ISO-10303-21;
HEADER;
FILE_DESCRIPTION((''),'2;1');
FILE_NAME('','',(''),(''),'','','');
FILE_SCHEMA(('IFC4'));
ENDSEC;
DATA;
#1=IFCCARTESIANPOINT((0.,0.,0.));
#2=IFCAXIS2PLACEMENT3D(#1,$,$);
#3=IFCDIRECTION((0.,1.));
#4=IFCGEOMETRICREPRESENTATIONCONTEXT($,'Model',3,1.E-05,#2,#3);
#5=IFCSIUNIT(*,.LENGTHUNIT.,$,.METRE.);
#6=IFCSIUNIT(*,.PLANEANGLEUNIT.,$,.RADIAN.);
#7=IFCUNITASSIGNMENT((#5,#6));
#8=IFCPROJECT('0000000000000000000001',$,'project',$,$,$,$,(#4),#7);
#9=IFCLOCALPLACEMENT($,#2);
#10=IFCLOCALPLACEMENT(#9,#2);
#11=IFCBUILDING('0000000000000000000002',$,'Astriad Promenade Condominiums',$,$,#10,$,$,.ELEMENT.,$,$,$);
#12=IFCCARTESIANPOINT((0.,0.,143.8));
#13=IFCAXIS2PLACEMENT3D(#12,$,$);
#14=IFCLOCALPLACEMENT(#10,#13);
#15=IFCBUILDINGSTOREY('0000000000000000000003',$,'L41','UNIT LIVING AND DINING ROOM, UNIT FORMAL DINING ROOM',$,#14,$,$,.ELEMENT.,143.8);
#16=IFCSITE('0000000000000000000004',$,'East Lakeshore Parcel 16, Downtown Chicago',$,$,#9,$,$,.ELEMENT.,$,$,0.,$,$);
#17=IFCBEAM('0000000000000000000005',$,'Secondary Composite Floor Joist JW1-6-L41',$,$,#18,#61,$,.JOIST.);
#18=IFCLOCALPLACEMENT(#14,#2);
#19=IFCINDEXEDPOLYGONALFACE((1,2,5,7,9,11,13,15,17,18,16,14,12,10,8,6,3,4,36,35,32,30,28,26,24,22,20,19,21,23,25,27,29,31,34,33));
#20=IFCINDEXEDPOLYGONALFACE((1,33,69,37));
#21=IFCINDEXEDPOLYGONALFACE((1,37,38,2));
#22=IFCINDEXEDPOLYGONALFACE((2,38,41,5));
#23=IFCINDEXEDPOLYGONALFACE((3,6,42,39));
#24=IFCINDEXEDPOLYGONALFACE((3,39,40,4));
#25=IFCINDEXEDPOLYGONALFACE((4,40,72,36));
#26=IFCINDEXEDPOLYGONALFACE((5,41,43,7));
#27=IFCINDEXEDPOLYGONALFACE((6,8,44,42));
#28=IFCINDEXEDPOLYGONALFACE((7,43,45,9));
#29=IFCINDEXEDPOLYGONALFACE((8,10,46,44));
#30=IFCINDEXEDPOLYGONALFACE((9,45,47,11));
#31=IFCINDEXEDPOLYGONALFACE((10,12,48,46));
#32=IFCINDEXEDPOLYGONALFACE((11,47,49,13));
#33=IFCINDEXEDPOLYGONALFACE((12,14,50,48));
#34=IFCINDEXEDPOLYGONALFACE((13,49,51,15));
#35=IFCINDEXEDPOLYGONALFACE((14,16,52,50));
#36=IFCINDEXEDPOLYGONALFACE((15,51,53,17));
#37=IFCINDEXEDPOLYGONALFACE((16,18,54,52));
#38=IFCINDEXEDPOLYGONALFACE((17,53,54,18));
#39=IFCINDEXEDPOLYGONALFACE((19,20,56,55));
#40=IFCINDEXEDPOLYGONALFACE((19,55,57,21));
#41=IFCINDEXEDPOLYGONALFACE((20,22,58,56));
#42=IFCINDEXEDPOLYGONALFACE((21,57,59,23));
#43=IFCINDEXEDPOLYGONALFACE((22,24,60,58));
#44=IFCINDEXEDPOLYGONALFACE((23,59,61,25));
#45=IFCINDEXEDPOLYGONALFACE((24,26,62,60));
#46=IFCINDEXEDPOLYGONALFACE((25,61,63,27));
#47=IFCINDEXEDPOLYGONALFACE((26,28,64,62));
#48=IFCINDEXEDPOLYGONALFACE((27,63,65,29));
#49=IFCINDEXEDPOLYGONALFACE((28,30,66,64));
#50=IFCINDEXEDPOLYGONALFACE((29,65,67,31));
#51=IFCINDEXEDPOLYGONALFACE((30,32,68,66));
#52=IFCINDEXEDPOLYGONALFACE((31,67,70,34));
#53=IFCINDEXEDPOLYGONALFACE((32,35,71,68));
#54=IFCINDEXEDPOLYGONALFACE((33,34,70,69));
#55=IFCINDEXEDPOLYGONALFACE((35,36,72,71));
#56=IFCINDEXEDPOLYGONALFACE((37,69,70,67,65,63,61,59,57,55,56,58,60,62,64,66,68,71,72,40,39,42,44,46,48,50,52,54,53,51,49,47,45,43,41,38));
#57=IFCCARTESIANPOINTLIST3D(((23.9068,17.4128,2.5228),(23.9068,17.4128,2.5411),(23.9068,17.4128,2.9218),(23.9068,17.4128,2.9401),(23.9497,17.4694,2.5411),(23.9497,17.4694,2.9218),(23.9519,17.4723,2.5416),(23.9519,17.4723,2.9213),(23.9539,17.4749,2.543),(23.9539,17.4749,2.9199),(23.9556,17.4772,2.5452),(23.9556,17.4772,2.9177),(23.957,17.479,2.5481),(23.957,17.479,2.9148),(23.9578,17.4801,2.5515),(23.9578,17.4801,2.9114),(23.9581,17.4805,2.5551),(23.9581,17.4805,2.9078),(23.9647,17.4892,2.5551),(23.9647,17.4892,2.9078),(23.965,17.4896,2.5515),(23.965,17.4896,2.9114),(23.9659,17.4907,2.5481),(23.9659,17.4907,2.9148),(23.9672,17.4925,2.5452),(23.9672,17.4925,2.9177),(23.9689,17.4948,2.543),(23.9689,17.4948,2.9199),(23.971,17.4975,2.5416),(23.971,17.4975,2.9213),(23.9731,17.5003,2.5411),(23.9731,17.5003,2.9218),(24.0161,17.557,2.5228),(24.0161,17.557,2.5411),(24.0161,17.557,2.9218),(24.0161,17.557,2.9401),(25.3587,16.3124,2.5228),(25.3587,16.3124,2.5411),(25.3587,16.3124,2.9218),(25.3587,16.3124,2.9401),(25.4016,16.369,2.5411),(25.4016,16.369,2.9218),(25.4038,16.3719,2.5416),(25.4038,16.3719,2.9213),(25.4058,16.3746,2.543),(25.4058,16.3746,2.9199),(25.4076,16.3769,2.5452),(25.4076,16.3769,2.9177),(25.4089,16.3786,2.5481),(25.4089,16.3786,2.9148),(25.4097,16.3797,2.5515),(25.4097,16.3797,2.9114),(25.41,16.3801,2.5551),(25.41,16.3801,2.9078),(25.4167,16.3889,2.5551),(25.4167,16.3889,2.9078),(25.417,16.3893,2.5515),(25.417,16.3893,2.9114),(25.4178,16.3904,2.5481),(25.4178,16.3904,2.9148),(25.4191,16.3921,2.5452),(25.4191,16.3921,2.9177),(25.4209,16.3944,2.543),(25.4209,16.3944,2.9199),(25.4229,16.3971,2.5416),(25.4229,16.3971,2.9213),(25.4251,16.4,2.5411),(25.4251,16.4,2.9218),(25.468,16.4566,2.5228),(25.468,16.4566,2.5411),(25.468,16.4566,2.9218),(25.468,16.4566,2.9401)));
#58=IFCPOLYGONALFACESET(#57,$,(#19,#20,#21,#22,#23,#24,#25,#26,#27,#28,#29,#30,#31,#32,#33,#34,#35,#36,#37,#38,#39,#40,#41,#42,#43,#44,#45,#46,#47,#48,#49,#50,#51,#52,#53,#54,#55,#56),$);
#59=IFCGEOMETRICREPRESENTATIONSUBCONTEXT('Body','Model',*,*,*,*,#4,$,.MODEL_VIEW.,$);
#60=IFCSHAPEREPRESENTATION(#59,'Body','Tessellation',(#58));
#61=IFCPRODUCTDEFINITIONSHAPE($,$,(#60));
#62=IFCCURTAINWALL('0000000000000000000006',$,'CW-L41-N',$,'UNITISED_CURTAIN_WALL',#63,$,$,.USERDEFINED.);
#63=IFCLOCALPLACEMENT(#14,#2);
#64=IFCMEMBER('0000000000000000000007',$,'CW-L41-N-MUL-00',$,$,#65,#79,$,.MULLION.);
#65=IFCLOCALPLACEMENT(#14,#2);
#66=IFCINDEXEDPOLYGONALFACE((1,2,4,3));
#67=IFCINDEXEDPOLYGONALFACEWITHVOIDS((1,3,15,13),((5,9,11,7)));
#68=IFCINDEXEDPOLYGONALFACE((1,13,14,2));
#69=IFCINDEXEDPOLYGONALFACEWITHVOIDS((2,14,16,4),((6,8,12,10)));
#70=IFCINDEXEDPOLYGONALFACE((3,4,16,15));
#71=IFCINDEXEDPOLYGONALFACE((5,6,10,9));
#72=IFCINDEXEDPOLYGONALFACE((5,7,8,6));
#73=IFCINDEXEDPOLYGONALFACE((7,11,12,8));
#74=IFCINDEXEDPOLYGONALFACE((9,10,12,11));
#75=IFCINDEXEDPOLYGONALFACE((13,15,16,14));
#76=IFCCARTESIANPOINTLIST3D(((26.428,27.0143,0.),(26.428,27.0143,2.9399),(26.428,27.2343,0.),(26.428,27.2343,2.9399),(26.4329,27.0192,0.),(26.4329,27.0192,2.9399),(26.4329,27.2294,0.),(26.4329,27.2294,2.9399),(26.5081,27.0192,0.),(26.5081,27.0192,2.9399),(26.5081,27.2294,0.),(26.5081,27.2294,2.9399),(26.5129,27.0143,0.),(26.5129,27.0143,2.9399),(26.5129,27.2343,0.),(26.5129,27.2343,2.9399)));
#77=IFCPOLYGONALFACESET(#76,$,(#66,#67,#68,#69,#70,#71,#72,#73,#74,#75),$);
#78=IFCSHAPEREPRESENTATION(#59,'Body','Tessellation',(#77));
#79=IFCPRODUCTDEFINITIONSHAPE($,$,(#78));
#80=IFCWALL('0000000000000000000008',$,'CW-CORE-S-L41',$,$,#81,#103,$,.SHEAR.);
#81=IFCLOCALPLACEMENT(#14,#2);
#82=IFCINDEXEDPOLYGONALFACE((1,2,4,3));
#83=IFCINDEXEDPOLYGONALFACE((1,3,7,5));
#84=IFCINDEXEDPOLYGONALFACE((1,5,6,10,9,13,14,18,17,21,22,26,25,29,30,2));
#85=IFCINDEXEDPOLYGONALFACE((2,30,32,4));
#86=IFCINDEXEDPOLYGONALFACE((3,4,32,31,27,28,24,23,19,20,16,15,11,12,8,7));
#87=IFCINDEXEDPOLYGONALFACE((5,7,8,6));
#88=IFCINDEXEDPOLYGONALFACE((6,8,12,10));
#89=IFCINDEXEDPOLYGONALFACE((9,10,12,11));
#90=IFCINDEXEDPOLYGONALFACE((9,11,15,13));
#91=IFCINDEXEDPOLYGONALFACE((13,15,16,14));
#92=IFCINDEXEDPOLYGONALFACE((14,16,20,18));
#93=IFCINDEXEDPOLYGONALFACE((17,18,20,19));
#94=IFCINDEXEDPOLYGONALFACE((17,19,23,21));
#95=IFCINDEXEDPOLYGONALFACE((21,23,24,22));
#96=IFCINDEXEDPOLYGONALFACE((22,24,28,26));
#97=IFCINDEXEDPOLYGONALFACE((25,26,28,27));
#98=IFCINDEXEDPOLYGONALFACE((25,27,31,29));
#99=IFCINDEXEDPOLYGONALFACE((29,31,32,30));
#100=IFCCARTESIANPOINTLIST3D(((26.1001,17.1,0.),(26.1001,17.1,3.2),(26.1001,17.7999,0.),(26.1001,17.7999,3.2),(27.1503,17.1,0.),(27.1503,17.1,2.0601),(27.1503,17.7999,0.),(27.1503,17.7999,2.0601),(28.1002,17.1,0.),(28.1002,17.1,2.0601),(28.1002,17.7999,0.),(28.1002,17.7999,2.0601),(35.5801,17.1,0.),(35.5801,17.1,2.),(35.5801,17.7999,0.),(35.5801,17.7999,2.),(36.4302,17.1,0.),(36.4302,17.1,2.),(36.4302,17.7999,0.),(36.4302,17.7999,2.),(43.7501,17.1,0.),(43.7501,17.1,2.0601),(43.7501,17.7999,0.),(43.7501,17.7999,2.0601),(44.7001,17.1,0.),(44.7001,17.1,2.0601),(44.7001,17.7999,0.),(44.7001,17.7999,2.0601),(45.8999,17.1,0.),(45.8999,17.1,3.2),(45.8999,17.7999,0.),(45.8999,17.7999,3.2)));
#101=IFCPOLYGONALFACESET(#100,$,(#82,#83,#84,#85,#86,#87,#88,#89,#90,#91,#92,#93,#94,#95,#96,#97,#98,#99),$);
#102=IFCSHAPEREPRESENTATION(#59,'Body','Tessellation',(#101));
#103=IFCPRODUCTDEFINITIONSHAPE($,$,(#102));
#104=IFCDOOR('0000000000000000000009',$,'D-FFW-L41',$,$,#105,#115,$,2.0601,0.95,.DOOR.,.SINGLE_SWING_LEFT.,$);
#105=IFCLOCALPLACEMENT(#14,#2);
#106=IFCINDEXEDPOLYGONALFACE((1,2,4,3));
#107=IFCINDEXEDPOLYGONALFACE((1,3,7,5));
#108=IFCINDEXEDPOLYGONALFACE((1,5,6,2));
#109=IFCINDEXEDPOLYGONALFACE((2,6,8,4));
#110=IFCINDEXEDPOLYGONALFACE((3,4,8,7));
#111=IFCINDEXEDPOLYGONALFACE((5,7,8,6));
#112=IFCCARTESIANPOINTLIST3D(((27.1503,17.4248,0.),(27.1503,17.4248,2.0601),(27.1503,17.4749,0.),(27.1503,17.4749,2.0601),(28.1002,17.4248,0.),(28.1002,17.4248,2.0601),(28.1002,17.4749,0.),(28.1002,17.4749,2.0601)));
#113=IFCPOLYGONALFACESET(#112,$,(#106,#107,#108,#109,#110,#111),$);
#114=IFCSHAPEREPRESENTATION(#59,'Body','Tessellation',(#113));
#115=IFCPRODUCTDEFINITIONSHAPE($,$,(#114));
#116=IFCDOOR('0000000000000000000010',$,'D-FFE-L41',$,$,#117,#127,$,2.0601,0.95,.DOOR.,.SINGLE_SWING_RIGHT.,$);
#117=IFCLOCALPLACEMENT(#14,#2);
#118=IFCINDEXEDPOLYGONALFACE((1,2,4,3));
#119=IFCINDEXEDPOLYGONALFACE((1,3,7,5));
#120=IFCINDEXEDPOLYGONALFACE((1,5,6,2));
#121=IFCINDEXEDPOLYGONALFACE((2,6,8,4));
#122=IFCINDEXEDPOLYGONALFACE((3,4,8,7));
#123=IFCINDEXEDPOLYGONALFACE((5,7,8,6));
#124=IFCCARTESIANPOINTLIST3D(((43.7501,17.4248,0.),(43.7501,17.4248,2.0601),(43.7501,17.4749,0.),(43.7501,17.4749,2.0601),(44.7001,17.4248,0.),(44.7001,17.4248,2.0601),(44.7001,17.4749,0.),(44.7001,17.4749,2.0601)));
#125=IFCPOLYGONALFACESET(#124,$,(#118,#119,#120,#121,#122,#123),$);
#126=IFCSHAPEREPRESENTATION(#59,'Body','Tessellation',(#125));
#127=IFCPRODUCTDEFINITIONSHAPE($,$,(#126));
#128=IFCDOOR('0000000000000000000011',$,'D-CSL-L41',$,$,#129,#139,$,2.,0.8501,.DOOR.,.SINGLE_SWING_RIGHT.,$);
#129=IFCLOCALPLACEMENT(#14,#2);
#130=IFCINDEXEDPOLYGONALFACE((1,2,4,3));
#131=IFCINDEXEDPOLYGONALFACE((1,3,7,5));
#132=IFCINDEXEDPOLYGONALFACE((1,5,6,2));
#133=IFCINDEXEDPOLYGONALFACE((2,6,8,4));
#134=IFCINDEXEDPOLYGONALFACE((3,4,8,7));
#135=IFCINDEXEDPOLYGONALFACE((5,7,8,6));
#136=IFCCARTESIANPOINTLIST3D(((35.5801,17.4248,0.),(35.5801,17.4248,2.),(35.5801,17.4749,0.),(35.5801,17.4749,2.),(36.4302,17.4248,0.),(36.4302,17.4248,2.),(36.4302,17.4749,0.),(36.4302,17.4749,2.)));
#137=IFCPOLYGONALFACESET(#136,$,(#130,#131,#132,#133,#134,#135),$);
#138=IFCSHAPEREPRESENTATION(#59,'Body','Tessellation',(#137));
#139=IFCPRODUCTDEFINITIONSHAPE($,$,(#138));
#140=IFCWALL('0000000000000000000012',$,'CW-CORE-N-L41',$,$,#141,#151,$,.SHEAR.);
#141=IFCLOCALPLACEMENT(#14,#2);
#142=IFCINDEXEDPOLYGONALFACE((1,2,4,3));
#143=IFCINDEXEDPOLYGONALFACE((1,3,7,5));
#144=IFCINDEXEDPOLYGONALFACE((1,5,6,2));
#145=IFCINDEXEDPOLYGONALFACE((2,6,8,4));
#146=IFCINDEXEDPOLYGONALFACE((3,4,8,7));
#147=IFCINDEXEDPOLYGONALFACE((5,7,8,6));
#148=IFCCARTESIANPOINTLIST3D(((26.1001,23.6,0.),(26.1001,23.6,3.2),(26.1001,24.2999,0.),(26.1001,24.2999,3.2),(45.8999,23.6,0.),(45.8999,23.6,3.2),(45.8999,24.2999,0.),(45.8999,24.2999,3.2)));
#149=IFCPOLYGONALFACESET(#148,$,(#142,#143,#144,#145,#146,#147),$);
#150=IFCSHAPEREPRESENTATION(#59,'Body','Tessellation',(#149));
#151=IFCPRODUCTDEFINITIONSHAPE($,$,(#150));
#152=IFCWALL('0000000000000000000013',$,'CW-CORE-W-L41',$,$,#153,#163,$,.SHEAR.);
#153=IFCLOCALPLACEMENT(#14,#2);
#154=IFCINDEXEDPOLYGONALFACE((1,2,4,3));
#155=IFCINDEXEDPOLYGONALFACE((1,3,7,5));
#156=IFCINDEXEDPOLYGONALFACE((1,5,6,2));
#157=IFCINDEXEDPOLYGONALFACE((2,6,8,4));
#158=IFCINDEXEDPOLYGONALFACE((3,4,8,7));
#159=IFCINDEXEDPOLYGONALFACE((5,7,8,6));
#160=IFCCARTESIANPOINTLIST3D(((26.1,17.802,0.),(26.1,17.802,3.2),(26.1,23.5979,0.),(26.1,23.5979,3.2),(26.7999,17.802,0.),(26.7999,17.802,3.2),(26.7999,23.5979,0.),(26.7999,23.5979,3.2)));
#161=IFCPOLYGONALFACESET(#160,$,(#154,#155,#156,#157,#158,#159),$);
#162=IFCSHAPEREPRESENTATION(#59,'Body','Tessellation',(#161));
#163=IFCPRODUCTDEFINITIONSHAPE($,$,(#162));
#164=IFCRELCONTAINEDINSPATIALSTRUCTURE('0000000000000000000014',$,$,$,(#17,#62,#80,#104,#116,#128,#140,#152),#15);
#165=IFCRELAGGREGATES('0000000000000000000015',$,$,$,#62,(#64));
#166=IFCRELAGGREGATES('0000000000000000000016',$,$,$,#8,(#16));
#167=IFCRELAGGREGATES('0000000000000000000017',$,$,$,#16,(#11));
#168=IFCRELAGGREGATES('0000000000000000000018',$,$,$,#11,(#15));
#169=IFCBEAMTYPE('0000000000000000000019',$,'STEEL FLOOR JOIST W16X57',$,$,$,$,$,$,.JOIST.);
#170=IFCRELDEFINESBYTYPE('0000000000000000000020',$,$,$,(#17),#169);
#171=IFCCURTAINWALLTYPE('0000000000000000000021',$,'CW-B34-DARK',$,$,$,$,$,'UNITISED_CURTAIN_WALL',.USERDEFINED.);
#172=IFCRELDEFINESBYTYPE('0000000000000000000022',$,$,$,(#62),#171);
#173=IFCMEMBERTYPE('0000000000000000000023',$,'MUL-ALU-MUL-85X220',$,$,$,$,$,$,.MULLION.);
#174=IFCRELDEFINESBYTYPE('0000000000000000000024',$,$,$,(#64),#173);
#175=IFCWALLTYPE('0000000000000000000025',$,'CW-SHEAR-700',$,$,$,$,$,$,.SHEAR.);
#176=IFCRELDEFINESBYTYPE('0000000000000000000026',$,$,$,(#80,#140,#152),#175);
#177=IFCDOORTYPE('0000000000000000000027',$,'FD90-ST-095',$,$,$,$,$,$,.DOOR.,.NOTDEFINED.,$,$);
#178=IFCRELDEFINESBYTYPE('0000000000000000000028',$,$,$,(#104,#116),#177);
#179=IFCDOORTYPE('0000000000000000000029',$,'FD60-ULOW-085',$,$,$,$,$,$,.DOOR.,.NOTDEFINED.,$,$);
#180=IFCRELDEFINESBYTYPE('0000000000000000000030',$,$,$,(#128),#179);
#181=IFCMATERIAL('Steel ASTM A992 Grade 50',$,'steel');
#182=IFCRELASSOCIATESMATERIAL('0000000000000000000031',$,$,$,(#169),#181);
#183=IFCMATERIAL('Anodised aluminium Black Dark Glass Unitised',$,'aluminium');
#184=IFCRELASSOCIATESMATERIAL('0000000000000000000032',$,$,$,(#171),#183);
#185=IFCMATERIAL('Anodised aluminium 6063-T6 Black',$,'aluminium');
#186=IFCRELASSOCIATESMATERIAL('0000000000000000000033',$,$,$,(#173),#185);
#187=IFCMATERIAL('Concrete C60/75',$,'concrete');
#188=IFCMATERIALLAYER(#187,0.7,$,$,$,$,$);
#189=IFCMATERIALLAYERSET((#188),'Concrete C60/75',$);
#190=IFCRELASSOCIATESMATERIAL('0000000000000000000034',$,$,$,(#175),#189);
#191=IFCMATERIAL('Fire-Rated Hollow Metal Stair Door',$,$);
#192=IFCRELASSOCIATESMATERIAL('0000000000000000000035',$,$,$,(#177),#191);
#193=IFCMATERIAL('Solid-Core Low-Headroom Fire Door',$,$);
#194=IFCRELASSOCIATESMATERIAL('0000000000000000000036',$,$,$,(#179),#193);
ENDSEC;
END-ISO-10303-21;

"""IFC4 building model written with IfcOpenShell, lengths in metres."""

from ifc_helpers import new_model, si_unit, direction, frame, frame_2d, origin, origin_2d, place, context, subcontext, project, spatial, rectangle, hollow_rectangle, i_section, extrude, source, transform, mapped, material, layer, layer_set, material_profile, profile_set, type_object, type_shapes, element, fill, aggregate, save


model = new_model("IFC4")

# Units and contexts
model_context = context("Model", 3, precision=1e-05, world=origin(), true_north=direction((0.0, 1.0)))
body_context = subcontext(model_context, "Body", "Model", "MODEL_VIEW")
ifc_project = project(units=[si_unit("LENGTHUNIT", "METRE"), si_unit("PLANEANGLEUNIT", "RADIAN")], contexts=[model_context])

# Site, building, storey
site_placement = place(None, origin())
site = spatial("IfcSite", under=ifc_project, at=site_placement, Name="East Lakeshore Parcel 16, Downtown Chicago", CompositionType="ELEMENT", RefElevation=0.0)
building_placement = place(site_placement, origin())
building = spatial("IfcBuilding", under=site, at=building_placement, Name="Astriad Promenade Condominiums", CompositionType="ELEMENT")
storey_placement = place(building_placement, frame((0.0, 0.0, 143.8)))
storey = spatial("IfcBuildingStorey", under=building, at=storey_placement, Name="L41", Description="UNIT LIVING AND DINING ROOM, UNIT FORMAL DINING ROOM", CompositionType="ELEMENT", Elevation=143.8)

# Shared definitions
ifc_material_1 = material(Name="Steel ASTM A992 Grade 50", Category="steel")
ifc_material_2 = material(Name="Concrete C60/75", Category="concrete")

# Beam
ifc_material_profile_1 = material_profile(ifc_material_1, i_section(OverallWidth=0.1809, OverallDepth=0.4172, WebThickness=0.011, FlangeThickness=0.0183, FilletRadius=0.0139, at=origin_2d()), Name="W16X57")
ifc_profile_set_1 = profile_set([ifc_material_profile_1], Name="Steel ASTM A992 Grade 50")
beam_type_1 = type_object("IfcBeamType", Name="STEEL FLOOR JOIST W16X57", PredefinedType="JOIST", material=ifc_profile_set_1)
shared_shape_1 = source(origin(), body_context, "Body", "SweptSolid", [
    extrude(i_section(OverallWidth=0.1809, OverallDepth=0.4172, WebThickness=0.011, FlangeThickness=0.0183, FilletRadius=0.0139, at=origin_2d()), origin(), (0.0, 0.0, 1.0), 1.8218),
])
beam_1_placement = place(storey_placement, frame((23.9614, 17.4849, 2.7314), z_axis=(0.796983, -0.604002, 0.0), x_axis=(0.604002, 0.796983, 0.0)))
element("IfcBeam", 1, at=beam_1_placement, inside=storey, type_object=beam_type_1, Name="Secondary Composite Floor Joist JW1-6-L41", PredefinedType="JOIST", context=body_context, shape_type="MappedRepresentation", body=[
    mapped(shared_shape_1, transform((0.0, 0.0, 0.0), scale=1.0)),
])

# Curtain wall, member
ifc_material_3 = material(Name="Anodised aluminium Black Dark Glass Unitised", Category="aluminium")
curtain_wall_type = type_object("IfcCurtainWallType", Name="CW-B34-DARK", ElementType="UNITISED_CURTAIN_WALL", PredefinedType="USERDEFINED", material=ifc_material_3)
curtain_wall_placement = place(storey_placement, origin())
curtain_wall = element("IfcCurtainWall", 2, at=curtain_wall_placement, inside=storey, type_object=curtain_wall_type, Name="CW-L41-N", ObjectType="UNITISED_CURTAIN_WALL", PredefinedType="USERDEFINED")
ifc_material_4 = material(Name="Anodised aluminium 6063-T6 Black", Category="aluminium")
ifc_material_profile_2 = material_profile(ifc_material_4, hollow_rectangle(XDim=0.085, YDim=0.22, WallThickness=0.0049, at=origin_2d()), Name="ALU-MUL-85X220")
ifc_profile_set_2 = profile_set([ifc_material_profile_2], Name="Anodised aluminium 6063-T6 Black")
member_type = type_object("IfcMemberType", Name="MUL-ALU-MUL-85X220", PredefinedType="MULLION", material=ifc_profile_set_2)
shared_shape_2 = source(origin(), body_context, "Body", "SweptSolid", [
    extrude(hollow_rectangle(XDim=0.085, YDim=0.22, WallThickness=0.0049, at=origin_2d()), origin(), (0.0, 0.0, 1.0), 2.9399),
])
type_shapes(member_type, [shared_shape_2])
member_placement = place(storey_placement, frame((26.4705, 27.1243, 0.0), z_axis=(0.0, 0.0, 1.0), x_axis=(1.0, 0.0, 0.0)))
member = element("IfcMember", 3, at=member_placement, type_object=member_type, Name="CW-L41-N-MUL-00", PredefinedType="MULLION", context=body_context, shape_type="MappedRepresentation", body=[
    mapped(shared_shape_2, transform((0.0, 0.0, 0.0), scale=1.0)),
])
aggregate(curtain_wall, [member])

# Wall, openings, doors
ifc_layer_1 = layer(ifc_material_2, 0.7)
ifc_layer_set_1 = layer_set([ifc_layer_1], Name="Concrete C60/75")
wall_type_1 = type_object("IfcWallType", Name="CW-SHEAR-700", PredefinedType="SHEAR", material=ifc_layer_set_1)
wall_1_placement = place(storey_placement, frame((26.1001, 17.45, 0.0), z_axis=(0.0, 0.0, 1.0), x_axis=(1.0, 0.0, 0.0)))
wall_1 = element("IfcWall", 4, at=wall_1_placement, inside=storey, type_object=wall_type_1, Name="CW-CORE-S-L41", PredefinedType="SHEAR", context=body_context, shape_type="SweptSolid", body=[
    extrude(rectangle(XDim=19.7998, YDim=0.7, at=frame_2d((9.8999, 0.0))), origin(), (0.0, 0.0, 1.0), 3.2),
])
opening_1_placement = place(wall_1_placement, frame((1.05, 0.0, 0.0)))
opening_1 = element("IfcOpeningElement", 5, at=opening_1_placement, cuts=wall_1, PredefinedType="OPENING", context=body_context, shape_type="SweptSolid", body=[
    extrude(rectangle(XDim=0.95, YDim=2.0601, at=frame_2d((0.4751, 1.03))), frame((0.0, 0.3599, 0.0), z_axis=(0.0, -1.0, 0.0), x_axis=(1.0, 0.0, 0.0)), (0.0, 0.0, 1.0), 0.72),
])
opening_2_placement = place(wall_1_placement, frame((9.48, 0.0, 0.0)))
opening_2 = element("IfcOpeningElement", 6, at=opening_2_placement, cuts=wall_1, PredefinedType="OPENING", context=body_context, shape_type="SweptSolid", body=[
    extrude(rectangle(XDim=0.8501, YDim=2.0, at=frame_2d((0.425, 1.0))), frame((0.0, 0.3599, 0.0), z_axis=(0.0, -1.0, 0.0), x_axis=(1.0, 0.0, 0.0)), (0.0, 0.0, 1.0), 0.72),
])
opening_3_placement = place(wall_1_placement, frame((17.6499, 0.0, 0.0)))
opening_3 = element("IfcOpeningElement", 7, at=opening_3_placement, cuts=wall_1, PredefinedType="OPENING", context=body_context, shape_type="SweptSolid", body=[
    extrude(rectangle(XDim=0.95, YDim=2.0601, at=frame_2d((0.4751, 1.03))), frame((0.0, 0.3599, 0.0), z_axis=(0.0, -1.0, 0.0), x_axis=(1.0, 0.0, 0.0)), (0.0, 0.0, 1.0), 0.72),
])
ifc_material_5 = material(Name="Fire-Rated Hollow Metal Stair Door")
door_type_1 = type_object("IfcDoorType", Name="FD90-ST-095", OperationType="NOTDEFINED", PredefinedType="DOOR", material=ifc_material_5)
shared_shape_3 = source(origin(), body_context, "Body", "SweptSolid", [
    extrude(rectangle(XDim=0.95, YDim=2.0601, at=frame_2d((0.4751, 1.03))), frame((0.0, 0.0249, 0.0), z_axis=(0.0, -1.0, 0.0), x_axis=(1.0, 0.0, 0.0)), (0.0, 0.0, 1.0), 0.05),
])
type_shapes(door_type_1, [shared_shape_3])
door_1_placement = place(opening_1_placement, origin())
door_1 = element("IfcDoor", 8, at=door_1_placement, inside=storey, type_object=door_type_1, Name="D-FFW-L41", OperationType="SINGLE_SWING_LEFT", OverallHeight=2.0601, OverallWidth=0.95, PredefinedType="DOOR", context=body_context, shape_type="MappedRepresentation", body=[
    mapped(shared_shape_3, transform((0.0, 0.0, 0.0), scale=1.0)),
])
fill(opening_1, door_1)
door_2_placement = place(opening_3_placement, origin())
door_2 = element("IfcDoor", 9, at=door_2_placement, inside=storey, type_object=door_type_1, Name="D-FFE-L41", OperationType="SINGLE_SWING_RIGHT", OverallHeight=2.0601, OverallWidth=0.95, PredefinedType="DOOR", context=body_context, shape_type="MappedRepresentation", body=[
    mapped(shared_shape_3, transform((0.0, 0.0, 0.0), scale=1.0)),
])
fill(opening_3, door_2)
ifc_material_6 = material(Name="Solid-Core Low-Headroom Fire Door")
door_type_2 = type_object("IfcDoorType", Name="FD60-ULOW-085", OperationType="NOTDEFINED", PredefinedType="DOOR", material=ifc_material_6)
shared_shape_4 = source(origin(), body_context, "Body", "SweptSolid", [
    extrude(rectangle(XDim=0.8501, YDim=2.0, at=frame_2d((0.425, 1.0))), frame((0.0, 0.0249, 0.0), z_axis=(0.0, -1.0, 0.0), x_axis=(1.0, 0.0, 0.0)), (0.0, 0.0, 1.0), 0.05),
])
type_shapes(door_type_2, [shared_shape_4])
door_3_placement = place(opening_2_placement, origin())
door_3 = element("IfcDoor", 10, at=door_3_placement, inside=storey, type_object=door_type_2, Name="D-CSL-L41", OperationType="SINGLE_SWING_RIGHT", OverallHeight=2.0, OverallWidth=0.8501, PredefinedType="DOOR", context=body_context, shape_type="MappedRepresentation", body=[
    mapped(shared_shape_4, transform((0.0, 0.0, 0.0), scale=1.0)),
])
fill(opening_2, door_3)

# Walls
wall_2_placement = place(storey_placement, frame((26.1001, 23.95, 0.0), z_axis=(0.0, 0.0, 1.0), x_axis=(1.0, 0.0, 0.0)))
element("IfcWall", 11, at=wall_2_placement, inside=storey, type_object=wall_type_1, Name="CW-CORE-N-L41", PredefinedType="SHEAR", context=body_context, shape_type="SweptSolid", body=[
    extrude(rectangle(XDim=19.7998, YDim=0.7, at=frame_2d((9.8999, 0.0))), origin(), (0.0, 0.0, 1.0), 3.2),
])
wall_3_placement = place(storey_placement, frame((26.45, 17.802, 0.0), z_axis=(0.0, 0.0, 1.0), x_axis=(0.0, 1.0, 0.0)))
element("IfcWall", 12, at=wall_3_placement, inside=storey, type_object=wall_type_1, Name="CW-CORE-W-L41", PredefinedType="SHEAR", context=body_context, shape_type="SweptSolid", body=[
    extrude(rectangle(XDim=5.7959, YDim=0.7, at=frame_2d((2.8979, 0.0))), origin(), (0.0, 0.0, 1.0), 3.2),
])

save(model, "model.ifc")
